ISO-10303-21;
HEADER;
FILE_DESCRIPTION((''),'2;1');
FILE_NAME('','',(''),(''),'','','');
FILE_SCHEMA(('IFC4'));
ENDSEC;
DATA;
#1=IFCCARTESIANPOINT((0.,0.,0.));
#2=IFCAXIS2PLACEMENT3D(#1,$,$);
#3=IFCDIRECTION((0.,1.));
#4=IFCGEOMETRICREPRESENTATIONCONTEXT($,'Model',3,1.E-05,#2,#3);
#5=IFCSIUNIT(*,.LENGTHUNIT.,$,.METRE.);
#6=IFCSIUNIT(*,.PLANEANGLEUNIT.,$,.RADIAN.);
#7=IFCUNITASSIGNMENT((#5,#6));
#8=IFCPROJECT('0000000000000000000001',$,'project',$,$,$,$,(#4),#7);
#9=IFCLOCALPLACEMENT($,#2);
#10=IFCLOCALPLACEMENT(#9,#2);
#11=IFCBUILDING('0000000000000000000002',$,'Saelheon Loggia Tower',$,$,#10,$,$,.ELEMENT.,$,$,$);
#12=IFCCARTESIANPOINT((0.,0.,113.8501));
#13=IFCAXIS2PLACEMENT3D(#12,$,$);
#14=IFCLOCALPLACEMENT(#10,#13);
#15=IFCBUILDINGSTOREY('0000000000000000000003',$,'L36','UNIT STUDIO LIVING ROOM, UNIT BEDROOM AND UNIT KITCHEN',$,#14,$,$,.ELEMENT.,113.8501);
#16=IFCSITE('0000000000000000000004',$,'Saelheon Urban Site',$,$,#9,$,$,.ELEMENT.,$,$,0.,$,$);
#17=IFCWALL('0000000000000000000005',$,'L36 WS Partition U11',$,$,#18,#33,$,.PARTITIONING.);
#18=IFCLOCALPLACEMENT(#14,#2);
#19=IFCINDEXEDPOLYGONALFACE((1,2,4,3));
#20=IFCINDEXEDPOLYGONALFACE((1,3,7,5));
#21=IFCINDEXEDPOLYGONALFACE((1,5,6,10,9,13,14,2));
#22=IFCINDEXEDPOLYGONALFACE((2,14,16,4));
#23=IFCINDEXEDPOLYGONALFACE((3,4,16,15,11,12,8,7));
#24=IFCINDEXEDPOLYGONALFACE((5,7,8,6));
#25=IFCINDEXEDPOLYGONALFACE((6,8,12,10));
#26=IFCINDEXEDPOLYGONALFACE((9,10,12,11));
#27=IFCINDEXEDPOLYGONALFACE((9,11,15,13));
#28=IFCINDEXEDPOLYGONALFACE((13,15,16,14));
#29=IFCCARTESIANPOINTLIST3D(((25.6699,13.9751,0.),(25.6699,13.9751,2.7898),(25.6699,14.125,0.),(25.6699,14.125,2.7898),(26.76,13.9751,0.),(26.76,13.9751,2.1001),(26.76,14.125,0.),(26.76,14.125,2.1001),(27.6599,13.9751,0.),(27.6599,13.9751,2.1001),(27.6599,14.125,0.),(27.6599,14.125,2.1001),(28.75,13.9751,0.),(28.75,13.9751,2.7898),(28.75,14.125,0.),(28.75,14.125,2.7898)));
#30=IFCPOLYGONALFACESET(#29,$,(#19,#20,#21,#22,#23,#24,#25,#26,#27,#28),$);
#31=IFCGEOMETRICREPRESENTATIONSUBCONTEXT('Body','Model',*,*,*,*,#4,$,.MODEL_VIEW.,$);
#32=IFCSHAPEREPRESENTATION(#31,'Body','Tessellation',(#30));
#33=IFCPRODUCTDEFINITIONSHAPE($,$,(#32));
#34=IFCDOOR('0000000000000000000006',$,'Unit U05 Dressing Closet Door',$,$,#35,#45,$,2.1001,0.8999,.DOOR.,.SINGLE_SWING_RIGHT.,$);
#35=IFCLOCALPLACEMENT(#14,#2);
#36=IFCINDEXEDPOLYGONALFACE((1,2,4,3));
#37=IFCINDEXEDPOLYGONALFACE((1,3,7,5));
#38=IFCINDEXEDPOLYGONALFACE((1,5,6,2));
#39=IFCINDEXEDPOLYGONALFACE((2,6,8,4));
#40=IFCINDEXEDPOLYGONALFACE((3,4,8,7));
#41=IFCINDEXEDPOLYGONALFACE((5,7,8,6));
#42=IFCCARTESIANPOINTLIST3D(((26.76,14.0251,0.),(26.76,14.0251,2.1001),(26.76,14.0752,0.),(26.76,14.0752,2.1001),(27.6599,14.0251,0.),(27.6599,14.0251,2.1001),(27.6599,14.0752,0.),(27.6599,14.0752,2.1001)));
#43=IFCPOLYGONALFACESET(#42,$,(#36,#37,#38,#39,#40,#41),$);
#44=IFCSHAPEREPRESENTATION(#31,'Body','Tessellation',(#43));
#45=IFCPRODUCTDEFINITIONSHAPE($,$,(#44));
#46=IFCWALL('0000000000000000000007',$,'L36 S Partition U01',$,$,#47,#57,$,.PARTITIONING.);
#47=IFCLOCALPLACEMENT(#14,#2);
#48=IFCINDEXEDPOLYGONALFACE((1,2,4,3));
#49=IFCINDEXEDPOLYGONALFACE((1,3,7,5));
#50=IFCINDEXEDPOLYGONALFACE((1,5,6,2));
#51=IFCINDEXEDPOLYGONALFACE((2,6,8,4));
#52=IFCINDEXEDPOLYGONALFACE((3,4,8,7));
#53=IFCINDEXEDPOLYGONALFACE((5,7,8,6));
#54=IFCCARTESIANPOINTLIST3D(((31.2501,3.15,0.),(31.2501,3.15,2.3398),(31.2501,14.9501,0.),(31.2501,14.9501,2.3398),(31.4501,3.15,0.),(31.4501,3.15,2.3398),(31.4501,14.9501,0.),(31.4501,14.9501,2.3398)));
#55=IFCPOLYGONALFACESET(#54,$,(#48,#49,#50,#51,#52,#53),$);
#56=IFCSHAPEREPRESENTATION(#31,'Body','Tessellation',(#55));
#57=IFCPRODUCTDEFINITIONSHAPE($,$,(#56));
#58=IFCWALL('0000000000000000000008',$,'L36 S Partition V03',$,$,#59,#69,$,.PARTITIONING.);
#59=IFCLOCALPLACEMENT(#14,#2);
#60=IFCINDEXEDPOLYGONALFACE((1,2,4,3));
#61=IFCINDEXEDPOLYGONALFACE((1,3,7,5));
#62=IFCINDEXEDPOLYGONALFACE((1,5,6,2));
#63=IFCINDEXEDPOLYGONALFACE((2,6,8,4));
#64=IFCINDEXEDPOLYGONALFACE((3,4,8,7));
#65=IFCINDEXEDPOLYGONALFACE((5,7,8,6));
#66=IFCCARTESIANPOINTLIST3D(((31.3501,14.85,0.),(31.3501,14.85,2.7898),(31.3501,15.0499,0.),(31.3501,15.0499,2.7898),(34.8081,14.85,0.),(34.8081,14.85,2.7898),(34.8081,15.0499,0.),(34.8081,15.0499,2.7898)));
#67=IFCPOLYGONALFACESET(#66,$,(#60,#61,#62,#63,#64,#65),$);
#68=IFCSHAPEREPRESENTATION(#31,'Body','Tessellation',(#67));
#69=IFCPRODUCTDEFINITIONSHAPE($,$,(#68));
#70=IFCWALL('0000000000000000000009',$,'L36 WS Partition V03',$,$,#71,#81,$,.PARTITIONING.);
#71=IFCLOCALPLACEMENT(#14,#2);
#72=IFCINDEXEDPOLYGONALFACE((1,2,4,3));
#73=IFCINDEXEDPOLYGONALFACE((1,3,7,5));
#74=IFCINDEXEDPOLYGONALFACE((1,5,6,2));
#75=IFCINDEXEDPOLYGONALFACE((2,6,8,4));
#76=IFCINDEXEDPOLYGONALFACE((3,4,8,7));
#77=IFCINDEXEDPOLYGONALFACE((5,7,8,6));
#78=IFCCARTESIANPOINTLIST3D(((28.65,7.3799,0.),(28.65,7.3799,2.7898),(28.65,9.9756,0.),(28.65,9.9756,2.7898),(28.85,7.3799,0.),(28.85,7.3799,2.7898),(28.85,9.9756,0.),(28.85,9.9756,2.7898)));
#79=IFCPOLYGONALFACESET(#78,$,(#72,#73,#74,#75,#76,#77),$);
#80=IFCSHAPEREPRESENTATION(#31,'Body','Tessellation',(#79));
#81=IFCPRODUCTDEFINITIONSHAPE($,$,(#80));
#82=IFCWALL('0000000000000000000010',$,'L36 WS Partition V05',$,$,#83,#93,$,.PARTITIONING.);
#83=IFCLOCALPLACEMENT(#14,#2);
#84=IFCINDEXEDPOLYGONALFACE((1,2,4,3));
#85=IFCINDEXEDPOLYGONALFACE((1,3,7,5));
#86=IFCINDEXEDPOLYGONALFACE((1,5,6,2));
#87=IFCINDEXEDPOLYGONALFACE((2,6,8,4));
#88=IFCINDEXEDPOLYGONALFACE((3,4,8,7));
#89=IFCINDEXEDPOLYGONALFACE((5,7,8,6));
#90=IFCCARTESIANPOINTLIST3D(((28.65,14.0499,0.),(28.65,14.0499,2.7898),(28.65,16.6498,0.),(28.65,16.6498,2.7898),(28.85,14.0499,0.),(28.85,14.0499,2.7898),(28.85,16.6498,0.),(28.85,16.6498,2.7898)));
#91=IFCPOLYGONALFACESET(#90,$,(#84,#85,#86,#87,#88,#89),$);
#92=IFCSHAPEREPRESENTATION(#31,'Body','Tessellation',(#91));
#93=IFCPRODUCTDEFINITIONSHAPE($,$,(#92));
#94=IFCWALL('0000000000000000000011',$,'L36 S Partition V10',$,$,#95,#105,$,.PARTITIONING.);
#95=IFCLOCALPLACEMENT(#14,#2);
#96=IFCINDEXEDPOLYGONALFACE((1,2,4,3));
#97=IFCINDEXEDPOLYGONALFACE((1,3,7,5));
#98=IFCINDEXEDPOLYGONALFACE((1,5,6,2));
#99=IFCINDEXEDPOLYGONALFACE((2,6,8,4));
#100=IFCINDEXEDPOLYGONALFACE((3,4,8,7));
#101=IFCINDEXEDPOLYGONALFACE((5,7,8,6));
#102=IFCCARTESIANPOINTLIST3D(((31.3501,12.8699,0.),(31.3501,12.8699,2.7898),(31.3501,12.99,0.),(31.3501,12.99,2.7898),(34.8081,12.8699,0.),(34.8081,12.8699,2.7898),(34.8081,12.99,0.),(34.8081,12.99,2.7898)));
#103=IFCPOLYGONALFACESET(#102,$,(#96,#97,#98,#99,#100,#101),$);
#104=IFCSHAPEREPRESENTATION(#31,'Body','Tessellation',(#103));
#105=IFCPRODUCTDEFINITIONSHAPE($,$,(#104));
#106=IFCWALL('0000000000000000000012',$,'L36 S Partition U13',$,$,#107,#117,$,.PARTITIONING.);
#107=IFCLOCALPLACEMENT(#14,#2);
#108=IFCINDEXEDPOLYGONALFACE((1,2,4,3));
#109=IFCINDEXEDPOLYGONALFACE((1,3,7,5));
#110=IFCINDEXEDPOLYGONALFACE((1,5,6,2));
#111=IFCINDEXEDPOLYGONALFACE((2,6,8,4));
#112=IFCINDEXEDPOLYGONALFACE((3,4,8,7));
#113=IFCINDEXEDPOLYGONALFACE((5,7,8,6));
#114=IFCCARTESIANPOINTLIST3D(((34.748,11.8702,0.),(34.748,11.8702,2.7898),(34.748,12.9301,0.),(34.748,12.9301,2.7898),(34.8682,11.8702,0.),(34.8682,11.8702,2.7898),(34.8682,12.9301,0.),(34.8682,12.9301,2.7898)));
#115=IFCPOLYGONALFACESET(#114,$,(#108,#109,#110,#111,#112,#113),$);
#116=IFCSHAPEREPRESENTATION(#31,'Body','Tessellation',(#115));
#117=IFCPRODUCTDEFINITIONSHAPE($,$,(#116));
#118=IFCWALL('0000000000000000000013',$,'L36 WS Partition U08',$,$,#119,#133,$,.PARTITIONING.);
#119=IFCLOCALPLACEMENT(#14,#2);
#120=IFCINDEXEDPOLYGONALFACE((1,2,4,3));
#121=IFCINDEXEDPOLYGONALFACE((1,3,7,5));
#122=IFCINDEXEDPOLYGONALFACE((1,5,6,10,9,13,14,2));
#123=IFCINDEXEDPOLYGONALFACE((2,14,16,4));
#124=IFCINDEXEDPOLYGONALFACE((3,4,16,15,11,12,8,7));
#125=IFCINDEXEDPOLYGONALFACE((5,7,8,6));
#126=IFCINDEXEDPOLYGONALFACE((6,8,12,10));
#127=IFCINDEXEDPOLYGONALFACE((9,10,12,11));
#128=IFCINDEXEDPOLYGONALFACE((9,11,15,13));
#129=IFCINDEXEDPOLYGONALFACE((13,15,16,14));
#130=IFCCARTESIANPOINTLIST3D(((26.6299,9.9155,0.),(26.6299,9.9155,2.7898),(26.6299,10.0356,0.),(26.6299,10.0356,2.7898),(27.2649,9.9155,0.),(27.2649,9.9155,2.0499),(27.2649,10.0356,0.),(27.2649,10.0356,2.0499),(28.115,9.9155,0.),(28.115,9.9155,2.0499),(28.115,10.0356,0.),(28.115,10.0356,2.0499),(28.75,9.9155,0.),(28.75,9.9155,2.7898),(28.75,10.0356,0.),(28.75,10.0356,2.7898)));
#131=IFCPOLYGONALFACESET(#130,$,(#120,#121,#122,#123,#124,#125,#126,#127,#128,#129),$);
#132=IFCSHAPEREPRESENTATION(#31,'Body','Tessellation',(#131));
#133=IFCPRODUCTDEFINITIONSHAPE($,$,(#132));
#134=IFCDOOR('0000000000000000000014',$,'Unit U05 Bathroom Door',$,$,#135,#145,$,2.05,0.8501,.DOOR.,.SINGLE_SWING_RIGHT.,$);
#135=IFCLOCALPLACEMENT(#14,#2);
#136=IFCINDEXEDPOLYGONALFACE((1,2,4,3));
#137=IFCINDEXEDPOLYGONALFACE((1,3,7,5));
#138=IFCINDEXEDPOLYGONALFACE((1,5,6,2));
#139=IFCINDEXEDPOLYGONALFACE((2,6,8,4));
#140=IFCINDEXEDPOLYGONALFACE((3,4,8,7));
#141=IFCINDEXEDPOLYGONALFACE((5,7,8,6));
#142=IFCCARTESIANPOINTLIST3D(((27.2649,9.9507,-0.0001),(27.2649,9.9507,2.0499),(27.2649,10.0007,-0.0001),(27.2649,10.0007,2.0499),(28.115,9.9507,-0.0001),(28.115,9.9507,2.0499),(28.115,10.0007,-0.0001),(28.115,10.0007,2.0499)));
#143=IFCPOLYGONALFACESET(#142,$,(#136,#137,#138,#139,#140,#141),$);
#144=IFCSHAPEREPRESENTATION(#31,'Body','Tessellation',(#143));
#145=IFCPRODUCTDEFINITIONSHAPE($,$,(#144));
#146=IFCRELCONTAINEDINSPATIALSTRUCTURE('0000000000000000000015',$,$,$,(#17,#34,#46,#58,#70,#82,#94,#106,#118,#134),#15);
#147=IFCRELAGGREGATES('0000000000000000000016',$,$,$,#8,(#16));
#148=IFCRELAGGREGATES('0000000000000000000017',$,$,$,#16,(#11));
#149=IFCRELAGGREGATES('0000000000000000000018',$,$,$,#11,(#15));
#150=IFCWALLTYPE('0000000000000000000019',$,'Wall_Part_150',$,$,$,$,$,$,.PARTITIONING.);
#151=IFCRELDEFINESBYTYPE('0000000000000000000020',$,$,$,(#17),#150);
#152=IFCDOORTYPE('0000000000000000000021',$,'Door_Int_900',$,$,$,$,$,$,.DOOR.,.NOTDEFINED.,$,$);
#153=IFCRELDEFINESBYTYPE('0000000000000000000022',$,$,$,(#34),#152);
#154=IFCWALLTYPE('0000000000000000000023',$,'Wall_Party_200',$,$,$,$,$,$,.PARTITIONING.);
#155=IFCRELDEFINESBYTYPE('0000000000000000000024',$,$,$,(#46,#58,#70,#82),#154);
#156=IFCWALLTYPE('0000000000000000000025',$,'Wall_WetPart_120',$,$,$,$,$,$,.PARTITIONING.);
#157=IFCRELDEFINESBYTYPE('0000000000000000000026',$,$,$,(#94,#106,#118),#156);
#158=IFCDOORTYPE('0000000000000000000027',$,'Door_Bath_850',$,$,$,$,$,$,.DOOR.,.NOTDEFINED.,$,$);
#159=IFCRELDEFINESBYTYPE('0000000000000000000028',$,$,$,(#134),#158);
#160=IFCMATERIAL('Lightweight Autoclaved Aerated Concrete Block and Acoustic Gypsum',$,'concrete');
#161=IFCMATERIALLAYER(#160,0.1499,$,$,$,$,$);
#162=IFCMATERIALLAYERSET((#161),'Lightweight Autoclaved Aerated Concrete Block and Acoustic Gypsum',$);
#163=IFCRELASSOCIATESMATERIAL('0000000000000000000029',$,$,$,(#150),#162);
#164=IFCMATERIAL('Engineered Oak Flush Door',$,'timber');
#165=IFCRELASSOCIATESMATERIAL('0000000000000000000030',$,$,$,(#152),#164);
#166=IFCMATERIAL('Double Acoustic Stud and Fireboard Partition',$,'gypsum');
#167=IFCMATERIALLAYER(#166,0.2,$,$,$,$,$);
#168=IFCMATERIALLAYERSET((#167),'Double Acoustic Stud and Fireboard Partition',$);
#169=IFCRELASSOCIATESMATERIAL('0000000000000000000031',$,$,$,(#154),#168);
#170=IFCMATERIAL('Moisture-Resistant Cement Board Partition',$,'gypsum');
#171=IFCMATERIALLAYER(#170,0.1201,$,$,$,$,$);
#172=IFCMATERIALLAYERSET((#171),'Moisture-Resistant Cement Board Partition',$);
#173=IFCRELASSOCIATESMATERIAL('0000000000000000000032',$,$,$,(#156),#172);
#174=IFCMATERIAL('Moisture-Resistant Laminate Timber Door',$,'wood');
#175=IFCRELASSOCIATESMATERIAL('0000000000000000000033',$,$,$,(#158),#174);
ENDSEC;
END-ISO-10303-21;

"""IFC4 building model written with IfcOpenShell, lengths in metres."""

from ifc_helpers import new_model, si_unit, direction, frame, frame_2d, origin, place, context, subcontext, project, spatial, rectangle, extrude, source, transform, mapped, material, layer, layer_set, type_object, element, fill, save


model = new_model("IFC4")

# Units and contexts
model_context = context("Model", 3, precision=1e-05, world=origin(), true_north=direction((0.0, 1.0)))
body_context = subcontext(model_context, "Body", "Model", "MODEL_VIEW")
ifc_project = project(units=[si_unit("LENGTHUNIT", "METRE"), si_unit("PLANEANGLEUNIT", "RADIAN")], contexts=[model_context])

# Site, building, storey
site_placement = place(None, origin())
site = spatial("IfcSite", under=ifc_project, at=site_placement, Name="Saelheon Urban Site", CompositionType="ELEMENT", RefElevation=0.0)
building_placement = place(site_placement, origin())
building = spatial("IfcBuilding", under=site, at=building_placement, Name="Saelheon Loggia Tower", CompositionType="ELEMENT")
storey_placement = place(building_placement, frame((0.0, 0.0, 113.8501)))
storey = spatial("IfcBuildingStorey", under=building, at=storey_placement, Name="L36", Description="UNIT STUDIO LIVING ROOM, UNIT BEDROOM AND UNIT KITCHEN", CompositionType="ELEMENT", Elevation=113.8501)

# Wall, opening, door
ifc_material_1 = material(Name="Lightweight Autoclaved Aerated Concrete Block and Acoustic Gypsum", Category="concrete")
ifc_layer_1 = layer(ifc_material_1, 0.1499)
ifc_layer_set_1 = layer_set([ifc_layer_1], Name="Lightweight Autoclaved Aerated Concrete Block and Acoustic Gypsum")
wall_type_1 = type_object("IfcWallType", Name="Wall_Part_150", PredefinedType="PARTITIONING", material=ifc_layer_set_1)
ifc_material_2 = material(Name="Engineered Oak Flush Door", Category="timber")
door_type_1 = type_object("IfcDoorType", Name="Door_Int_900", OperationType="NOTDEFINED", PredefinedType="DOOR", material=ifc_material_2)
shared_shape_1 = source(origin(), body_context, "Body", "SweptSolid", [
    extrude(rectangle(XDim=0.8999, YDim=2.1001, at=frame_2d((0.45, 1.05))), frame((0.0, 0.0249, 0.0), z_axis=(0.0, -1.0, 0.0), x_axis=(1.0, 0.0, 0.0)), (0.0, 0.0, 1.0), 0.05),
])
wall_1_placement = place(storey_placement, frame((28.75, 14.05, 0.0), z_axis=(0.0, 0.0, 1.0), x_axis=(-1.0, 0.0, 0.0)))
wall_1 = element("IfcWall", 1, at=wall_1_placement, inside=storey, type_object=wall_type_1, Name="L36 WS Partition U11", PredefinedType="PARTITIONING", context=body_context, shape_type="SweptSolid", body=[
    extrude(rectangle(XDim=3.0801, YDim=0.1499, at=frame_2d((1.54, 0.0))), origin(), (0.0, 0.0, 1.0), 2.7898),
])
opening_1_placement = place(wall_1_placement, frame((1.0901, 0.0, 0.0)))
opening_1 = element("IfcOpeningElement", 2, at=opening_1_placement, cuts=wall_1, PredefinedType="OPENING", context=body_context, shape_type="SweptSolid", body=[
    extrude(rectangle(XDim=0.8999, YDim=2.1001, at=frame_2d((0.45, 1.05))), frame((0.0, 0.0869, 0.0), z_axis=(0.0, -1.0, 0.0), x_axis=(1.0, 0.0, 0.0)), (0.0, 0.0, 1.0), 0.1738),
])
door_1_placement = place(opening_1_placement, origin())
door_1 = element("IfcDoor", 3, at=door_1_placement, inside=storey, type_object=door_type_1, Name="Unit U05 Dressing Closet Door", OperationType="SINGLE_SWING_RIGHT", OverallHeight=2.1001, OverallWidth=0.8999, PredefinedType="DOOR", context=body_context, shape_type="MappedRepresentation", body=[
    mapped(shared_shape_1, transform((0.0, 0.0, 0.0), scale=1.0)),
])
fill(opening_1, door_1)

# Walls
ifc_material_3 = material(Name="Double Acoustic Stud and Fireboard Partition", Category="gypsum")
ifc_layer_2 = layer(ifc_material_3, 0.2)
ifc_layer_set_2 = layer_set([ifc_layer_2], Name="Double Acoustic Stud and Fireboard Partition")
wall_type_2 = type_object("IfcWallType", Name="Wall_Party_200", PredefinedType="PARTITIONING", material=ifc_layer_set_2)
wall_2_placement = place(storey_placement, frame((31.3501, 14.95, 0.0), z_axis=(0.0, 0.0, 1.0), x_axis=(0.0, -1.0, 0.0)))
element("IfcWall", 4, at=wall_2_placement, inside=storey, type_object=wall_type_2, Name="L36 S Partition U01", PredefinedType="PARTITIONING", context=body_context, shape_type="SweptSolid", body=[
    extrude(rectangle(XDim=11.8, YDim=0.2, at=frame_2d((5.8999, 0.0))), origin(), (0.0, 0.0, 1.0), 2.3398),
])
wall_3_placement = place(storey_placement, frame((31.3501, 14.95, 0.0), z_axis=(0.0, 0.0, 1.0), x_axis=(1.0, 0.0, 0.0)))
element("IfcWall", 5, at=wall_3_placement, inside=storey, type_object=wall_type_2, Name="L36 S Partition V03", PredefinedType="PARTITIONING", context=body_context, shape_type="SweptSolid", body=[
    extrude(rectangle(XDim=3.458, YDim=0.2, at=frame_2d((1.729, 0.0))), origin(), (0.0, 0.0, 1.0), 2.7898),
])
wall_4_placement = place(storey_placement, frame((28.75, 7.3799, 0.0), z_axis=(0.0, 0.0, 1.0), x_axis=(0.0, 1.0, 0.0)))
element("IfcWall", 6, at=wall_4_placement, inside=storey, type_object=wall_type_2, Name="L36 WS Partition V03", PredefinedType="PARTITIONING", context=body_context, shape_type="SweptSolid", body=[
    extrude(rectangle(XDim=2.5957, YDim=0.2, at=frame_2d((1.2979, 0.0))), origin(), (0.0, 0.0, 1.0), 2.7898),
])

# Walls
wall_5_placement = place(storey_placement, frame((28.75, 14.05, 0.0), z_axis=(0.0, 0.0, 1.0), x_axis=(0.0, 1.0, 0.0)))
element("IfcWall", 7, at=wall_5_placement, inside=storey, type_object=wall_type_2, Name="L36 WS Partition V05", PredefinedType="PARTITIONING", context=body_context, shape_type="SweptSolid", body=[
    extrude(rectangle(XDim=2.5999, YDim=0.2, at=frame_2d((1.2998, 0.0))), origin(), (0.0, 0.0, 1.0), 2.7898),
])
ifc_material_4 = material(Name="Moisture-Resistant Cement Board Partition", Category="gypsum")
ifc_layer_3 = layer(ifc_material_4, 0.1201)
ifc_layer_set_3 = layer_set([ifc_layer_3], Name="Moisture-Resistant Cement Board Partition")
wall_type_3 = type_object("IfcWallType", Name="Wall_WetPart_120", PredefinedType="PARTITIONING", material=ifc_layer_set_3)
wall_6_placement = place(storey_placement, frame((31.3501, 12.9299, 0.0), z_axis=(0.0, 0.0, 1.0), x_axis=(1.0, 0.0, 0.0)))
element("IfcWall", 8, at=wall_6_placement, inside=storey, type_object=wall_type_3, Name="L36 S Partition V10", PredefinedType="PARTITIONING", context=body_context, shape_type="SweptSolid", body=[
    extrude(rectangle(XDim=3.458, YDim=0.1201, at=frame_2d((1.729, 0.0))), origin(), (0.0, 0.0, 1.0), 2.7898),
])
wall_7_placement = place(storey_placement, frame((34.8081, 12.9299, 0.0), z_axis=(0.0, 0.0, 1.0), x_axis=(0.0, -1.0, 0.0)))
element("IfcWall", 9, at=wall_7_placement, inside=storey, type_object=wall_type_3, Name="L36 S Partition U13", PredefinedType="PARTITIONING", context=body_context, shape_type="SweptSolid", body=[
    extrude(rectangle(XDim=1.0598, YDim=0.1201, at=frame_2d((0.5298, 0.0))), origin(), (0.0, 0.0, 1.0), 2.7898),
])

# Wall, opening, door
wall_8_placement = place(storey_placement, frame((28.75, 9.9756, 0.0), z_axis=(0.0, 0.0, 1.0), x_axis=(-1.0, 0.0, 0.0)))
wall_8 = element("IfcWall", 10, at=wall_8_placement, inside=storey, type_object=wall_type_3, Name="L36 WS Partition U08", PredefinedType="PARTITIONING", context=body_context, shape_type="SweptSolid", body=[
    extrude(rectangle(XDim=2.1201, YDim=0.1201, at=frame_2d((1.0601, 0.0))), origin(), (0.0, 0.0, 1.0), 2.7898),
])
opening_2_placement = place(wall_8_placement, frame((0.635, 0.0, 0.0)))
opening_2 = element("IfcOpeningElement", 11, at=opening_2_placement, cuts=wall_8, PredefinedType="OPENING", context=body_context, shape_type="SweptSolid", body=[
    extrude(rectangle(XDim=0.8501, YDim=2.05, at=frame_2d((0.425, 1.0249))), frame((0.0, 0.072, 0.0), z_axis=(0.0, -1.0, 0.0), x_axis=(1.0, 0.0, 0.0)), (0.0, 0.0, 1.0), 0.144),
])
ifc_material_5 = material(Name="Moisture-Resistant Laminate Timber Door", Category="wood")
door_type_2 = type_object("IfcDoorType", Name="Door_Bath_850", OperationType="NOTDEFINED", PredefinedType="DOOR", material=ifc_material_5)
shared_shape_2 = source(origin(), body_context, "Body", "SweptSolid", [
    extrude(rectangle(XDim=0.8501, YDim=2.05, at=frame_2d((0.425, 1.0249))), frame((0.0, 0.0249, 0.0), z_axis=(0.0, -1.0, 0.0), x_axis=(1.0, 0.0, 0.0)), (0.0, 0.0, 1.0), 0.05),
])
door_2_placement = place(opening_2_placement, origin())
door_2 = element("IfcDoor", 12, at=door_2_placement, inside=storey, type_object=door_type_2, Name="Unit U05 Bathroom Door", OperationType="SINGLE_SWING_RIGHT", OverallHeight=2.05, OverallWidth=0.8501, PredefinedType="DOOR", context=body_context, shape_type="MappedRepresentation", body=[
    mapped(shared_shape_2, transform((0.0, 0.0, 0.0), scale=1.0)),
])
fill(opening_2, door_2)

save(model, "model.ifc")
